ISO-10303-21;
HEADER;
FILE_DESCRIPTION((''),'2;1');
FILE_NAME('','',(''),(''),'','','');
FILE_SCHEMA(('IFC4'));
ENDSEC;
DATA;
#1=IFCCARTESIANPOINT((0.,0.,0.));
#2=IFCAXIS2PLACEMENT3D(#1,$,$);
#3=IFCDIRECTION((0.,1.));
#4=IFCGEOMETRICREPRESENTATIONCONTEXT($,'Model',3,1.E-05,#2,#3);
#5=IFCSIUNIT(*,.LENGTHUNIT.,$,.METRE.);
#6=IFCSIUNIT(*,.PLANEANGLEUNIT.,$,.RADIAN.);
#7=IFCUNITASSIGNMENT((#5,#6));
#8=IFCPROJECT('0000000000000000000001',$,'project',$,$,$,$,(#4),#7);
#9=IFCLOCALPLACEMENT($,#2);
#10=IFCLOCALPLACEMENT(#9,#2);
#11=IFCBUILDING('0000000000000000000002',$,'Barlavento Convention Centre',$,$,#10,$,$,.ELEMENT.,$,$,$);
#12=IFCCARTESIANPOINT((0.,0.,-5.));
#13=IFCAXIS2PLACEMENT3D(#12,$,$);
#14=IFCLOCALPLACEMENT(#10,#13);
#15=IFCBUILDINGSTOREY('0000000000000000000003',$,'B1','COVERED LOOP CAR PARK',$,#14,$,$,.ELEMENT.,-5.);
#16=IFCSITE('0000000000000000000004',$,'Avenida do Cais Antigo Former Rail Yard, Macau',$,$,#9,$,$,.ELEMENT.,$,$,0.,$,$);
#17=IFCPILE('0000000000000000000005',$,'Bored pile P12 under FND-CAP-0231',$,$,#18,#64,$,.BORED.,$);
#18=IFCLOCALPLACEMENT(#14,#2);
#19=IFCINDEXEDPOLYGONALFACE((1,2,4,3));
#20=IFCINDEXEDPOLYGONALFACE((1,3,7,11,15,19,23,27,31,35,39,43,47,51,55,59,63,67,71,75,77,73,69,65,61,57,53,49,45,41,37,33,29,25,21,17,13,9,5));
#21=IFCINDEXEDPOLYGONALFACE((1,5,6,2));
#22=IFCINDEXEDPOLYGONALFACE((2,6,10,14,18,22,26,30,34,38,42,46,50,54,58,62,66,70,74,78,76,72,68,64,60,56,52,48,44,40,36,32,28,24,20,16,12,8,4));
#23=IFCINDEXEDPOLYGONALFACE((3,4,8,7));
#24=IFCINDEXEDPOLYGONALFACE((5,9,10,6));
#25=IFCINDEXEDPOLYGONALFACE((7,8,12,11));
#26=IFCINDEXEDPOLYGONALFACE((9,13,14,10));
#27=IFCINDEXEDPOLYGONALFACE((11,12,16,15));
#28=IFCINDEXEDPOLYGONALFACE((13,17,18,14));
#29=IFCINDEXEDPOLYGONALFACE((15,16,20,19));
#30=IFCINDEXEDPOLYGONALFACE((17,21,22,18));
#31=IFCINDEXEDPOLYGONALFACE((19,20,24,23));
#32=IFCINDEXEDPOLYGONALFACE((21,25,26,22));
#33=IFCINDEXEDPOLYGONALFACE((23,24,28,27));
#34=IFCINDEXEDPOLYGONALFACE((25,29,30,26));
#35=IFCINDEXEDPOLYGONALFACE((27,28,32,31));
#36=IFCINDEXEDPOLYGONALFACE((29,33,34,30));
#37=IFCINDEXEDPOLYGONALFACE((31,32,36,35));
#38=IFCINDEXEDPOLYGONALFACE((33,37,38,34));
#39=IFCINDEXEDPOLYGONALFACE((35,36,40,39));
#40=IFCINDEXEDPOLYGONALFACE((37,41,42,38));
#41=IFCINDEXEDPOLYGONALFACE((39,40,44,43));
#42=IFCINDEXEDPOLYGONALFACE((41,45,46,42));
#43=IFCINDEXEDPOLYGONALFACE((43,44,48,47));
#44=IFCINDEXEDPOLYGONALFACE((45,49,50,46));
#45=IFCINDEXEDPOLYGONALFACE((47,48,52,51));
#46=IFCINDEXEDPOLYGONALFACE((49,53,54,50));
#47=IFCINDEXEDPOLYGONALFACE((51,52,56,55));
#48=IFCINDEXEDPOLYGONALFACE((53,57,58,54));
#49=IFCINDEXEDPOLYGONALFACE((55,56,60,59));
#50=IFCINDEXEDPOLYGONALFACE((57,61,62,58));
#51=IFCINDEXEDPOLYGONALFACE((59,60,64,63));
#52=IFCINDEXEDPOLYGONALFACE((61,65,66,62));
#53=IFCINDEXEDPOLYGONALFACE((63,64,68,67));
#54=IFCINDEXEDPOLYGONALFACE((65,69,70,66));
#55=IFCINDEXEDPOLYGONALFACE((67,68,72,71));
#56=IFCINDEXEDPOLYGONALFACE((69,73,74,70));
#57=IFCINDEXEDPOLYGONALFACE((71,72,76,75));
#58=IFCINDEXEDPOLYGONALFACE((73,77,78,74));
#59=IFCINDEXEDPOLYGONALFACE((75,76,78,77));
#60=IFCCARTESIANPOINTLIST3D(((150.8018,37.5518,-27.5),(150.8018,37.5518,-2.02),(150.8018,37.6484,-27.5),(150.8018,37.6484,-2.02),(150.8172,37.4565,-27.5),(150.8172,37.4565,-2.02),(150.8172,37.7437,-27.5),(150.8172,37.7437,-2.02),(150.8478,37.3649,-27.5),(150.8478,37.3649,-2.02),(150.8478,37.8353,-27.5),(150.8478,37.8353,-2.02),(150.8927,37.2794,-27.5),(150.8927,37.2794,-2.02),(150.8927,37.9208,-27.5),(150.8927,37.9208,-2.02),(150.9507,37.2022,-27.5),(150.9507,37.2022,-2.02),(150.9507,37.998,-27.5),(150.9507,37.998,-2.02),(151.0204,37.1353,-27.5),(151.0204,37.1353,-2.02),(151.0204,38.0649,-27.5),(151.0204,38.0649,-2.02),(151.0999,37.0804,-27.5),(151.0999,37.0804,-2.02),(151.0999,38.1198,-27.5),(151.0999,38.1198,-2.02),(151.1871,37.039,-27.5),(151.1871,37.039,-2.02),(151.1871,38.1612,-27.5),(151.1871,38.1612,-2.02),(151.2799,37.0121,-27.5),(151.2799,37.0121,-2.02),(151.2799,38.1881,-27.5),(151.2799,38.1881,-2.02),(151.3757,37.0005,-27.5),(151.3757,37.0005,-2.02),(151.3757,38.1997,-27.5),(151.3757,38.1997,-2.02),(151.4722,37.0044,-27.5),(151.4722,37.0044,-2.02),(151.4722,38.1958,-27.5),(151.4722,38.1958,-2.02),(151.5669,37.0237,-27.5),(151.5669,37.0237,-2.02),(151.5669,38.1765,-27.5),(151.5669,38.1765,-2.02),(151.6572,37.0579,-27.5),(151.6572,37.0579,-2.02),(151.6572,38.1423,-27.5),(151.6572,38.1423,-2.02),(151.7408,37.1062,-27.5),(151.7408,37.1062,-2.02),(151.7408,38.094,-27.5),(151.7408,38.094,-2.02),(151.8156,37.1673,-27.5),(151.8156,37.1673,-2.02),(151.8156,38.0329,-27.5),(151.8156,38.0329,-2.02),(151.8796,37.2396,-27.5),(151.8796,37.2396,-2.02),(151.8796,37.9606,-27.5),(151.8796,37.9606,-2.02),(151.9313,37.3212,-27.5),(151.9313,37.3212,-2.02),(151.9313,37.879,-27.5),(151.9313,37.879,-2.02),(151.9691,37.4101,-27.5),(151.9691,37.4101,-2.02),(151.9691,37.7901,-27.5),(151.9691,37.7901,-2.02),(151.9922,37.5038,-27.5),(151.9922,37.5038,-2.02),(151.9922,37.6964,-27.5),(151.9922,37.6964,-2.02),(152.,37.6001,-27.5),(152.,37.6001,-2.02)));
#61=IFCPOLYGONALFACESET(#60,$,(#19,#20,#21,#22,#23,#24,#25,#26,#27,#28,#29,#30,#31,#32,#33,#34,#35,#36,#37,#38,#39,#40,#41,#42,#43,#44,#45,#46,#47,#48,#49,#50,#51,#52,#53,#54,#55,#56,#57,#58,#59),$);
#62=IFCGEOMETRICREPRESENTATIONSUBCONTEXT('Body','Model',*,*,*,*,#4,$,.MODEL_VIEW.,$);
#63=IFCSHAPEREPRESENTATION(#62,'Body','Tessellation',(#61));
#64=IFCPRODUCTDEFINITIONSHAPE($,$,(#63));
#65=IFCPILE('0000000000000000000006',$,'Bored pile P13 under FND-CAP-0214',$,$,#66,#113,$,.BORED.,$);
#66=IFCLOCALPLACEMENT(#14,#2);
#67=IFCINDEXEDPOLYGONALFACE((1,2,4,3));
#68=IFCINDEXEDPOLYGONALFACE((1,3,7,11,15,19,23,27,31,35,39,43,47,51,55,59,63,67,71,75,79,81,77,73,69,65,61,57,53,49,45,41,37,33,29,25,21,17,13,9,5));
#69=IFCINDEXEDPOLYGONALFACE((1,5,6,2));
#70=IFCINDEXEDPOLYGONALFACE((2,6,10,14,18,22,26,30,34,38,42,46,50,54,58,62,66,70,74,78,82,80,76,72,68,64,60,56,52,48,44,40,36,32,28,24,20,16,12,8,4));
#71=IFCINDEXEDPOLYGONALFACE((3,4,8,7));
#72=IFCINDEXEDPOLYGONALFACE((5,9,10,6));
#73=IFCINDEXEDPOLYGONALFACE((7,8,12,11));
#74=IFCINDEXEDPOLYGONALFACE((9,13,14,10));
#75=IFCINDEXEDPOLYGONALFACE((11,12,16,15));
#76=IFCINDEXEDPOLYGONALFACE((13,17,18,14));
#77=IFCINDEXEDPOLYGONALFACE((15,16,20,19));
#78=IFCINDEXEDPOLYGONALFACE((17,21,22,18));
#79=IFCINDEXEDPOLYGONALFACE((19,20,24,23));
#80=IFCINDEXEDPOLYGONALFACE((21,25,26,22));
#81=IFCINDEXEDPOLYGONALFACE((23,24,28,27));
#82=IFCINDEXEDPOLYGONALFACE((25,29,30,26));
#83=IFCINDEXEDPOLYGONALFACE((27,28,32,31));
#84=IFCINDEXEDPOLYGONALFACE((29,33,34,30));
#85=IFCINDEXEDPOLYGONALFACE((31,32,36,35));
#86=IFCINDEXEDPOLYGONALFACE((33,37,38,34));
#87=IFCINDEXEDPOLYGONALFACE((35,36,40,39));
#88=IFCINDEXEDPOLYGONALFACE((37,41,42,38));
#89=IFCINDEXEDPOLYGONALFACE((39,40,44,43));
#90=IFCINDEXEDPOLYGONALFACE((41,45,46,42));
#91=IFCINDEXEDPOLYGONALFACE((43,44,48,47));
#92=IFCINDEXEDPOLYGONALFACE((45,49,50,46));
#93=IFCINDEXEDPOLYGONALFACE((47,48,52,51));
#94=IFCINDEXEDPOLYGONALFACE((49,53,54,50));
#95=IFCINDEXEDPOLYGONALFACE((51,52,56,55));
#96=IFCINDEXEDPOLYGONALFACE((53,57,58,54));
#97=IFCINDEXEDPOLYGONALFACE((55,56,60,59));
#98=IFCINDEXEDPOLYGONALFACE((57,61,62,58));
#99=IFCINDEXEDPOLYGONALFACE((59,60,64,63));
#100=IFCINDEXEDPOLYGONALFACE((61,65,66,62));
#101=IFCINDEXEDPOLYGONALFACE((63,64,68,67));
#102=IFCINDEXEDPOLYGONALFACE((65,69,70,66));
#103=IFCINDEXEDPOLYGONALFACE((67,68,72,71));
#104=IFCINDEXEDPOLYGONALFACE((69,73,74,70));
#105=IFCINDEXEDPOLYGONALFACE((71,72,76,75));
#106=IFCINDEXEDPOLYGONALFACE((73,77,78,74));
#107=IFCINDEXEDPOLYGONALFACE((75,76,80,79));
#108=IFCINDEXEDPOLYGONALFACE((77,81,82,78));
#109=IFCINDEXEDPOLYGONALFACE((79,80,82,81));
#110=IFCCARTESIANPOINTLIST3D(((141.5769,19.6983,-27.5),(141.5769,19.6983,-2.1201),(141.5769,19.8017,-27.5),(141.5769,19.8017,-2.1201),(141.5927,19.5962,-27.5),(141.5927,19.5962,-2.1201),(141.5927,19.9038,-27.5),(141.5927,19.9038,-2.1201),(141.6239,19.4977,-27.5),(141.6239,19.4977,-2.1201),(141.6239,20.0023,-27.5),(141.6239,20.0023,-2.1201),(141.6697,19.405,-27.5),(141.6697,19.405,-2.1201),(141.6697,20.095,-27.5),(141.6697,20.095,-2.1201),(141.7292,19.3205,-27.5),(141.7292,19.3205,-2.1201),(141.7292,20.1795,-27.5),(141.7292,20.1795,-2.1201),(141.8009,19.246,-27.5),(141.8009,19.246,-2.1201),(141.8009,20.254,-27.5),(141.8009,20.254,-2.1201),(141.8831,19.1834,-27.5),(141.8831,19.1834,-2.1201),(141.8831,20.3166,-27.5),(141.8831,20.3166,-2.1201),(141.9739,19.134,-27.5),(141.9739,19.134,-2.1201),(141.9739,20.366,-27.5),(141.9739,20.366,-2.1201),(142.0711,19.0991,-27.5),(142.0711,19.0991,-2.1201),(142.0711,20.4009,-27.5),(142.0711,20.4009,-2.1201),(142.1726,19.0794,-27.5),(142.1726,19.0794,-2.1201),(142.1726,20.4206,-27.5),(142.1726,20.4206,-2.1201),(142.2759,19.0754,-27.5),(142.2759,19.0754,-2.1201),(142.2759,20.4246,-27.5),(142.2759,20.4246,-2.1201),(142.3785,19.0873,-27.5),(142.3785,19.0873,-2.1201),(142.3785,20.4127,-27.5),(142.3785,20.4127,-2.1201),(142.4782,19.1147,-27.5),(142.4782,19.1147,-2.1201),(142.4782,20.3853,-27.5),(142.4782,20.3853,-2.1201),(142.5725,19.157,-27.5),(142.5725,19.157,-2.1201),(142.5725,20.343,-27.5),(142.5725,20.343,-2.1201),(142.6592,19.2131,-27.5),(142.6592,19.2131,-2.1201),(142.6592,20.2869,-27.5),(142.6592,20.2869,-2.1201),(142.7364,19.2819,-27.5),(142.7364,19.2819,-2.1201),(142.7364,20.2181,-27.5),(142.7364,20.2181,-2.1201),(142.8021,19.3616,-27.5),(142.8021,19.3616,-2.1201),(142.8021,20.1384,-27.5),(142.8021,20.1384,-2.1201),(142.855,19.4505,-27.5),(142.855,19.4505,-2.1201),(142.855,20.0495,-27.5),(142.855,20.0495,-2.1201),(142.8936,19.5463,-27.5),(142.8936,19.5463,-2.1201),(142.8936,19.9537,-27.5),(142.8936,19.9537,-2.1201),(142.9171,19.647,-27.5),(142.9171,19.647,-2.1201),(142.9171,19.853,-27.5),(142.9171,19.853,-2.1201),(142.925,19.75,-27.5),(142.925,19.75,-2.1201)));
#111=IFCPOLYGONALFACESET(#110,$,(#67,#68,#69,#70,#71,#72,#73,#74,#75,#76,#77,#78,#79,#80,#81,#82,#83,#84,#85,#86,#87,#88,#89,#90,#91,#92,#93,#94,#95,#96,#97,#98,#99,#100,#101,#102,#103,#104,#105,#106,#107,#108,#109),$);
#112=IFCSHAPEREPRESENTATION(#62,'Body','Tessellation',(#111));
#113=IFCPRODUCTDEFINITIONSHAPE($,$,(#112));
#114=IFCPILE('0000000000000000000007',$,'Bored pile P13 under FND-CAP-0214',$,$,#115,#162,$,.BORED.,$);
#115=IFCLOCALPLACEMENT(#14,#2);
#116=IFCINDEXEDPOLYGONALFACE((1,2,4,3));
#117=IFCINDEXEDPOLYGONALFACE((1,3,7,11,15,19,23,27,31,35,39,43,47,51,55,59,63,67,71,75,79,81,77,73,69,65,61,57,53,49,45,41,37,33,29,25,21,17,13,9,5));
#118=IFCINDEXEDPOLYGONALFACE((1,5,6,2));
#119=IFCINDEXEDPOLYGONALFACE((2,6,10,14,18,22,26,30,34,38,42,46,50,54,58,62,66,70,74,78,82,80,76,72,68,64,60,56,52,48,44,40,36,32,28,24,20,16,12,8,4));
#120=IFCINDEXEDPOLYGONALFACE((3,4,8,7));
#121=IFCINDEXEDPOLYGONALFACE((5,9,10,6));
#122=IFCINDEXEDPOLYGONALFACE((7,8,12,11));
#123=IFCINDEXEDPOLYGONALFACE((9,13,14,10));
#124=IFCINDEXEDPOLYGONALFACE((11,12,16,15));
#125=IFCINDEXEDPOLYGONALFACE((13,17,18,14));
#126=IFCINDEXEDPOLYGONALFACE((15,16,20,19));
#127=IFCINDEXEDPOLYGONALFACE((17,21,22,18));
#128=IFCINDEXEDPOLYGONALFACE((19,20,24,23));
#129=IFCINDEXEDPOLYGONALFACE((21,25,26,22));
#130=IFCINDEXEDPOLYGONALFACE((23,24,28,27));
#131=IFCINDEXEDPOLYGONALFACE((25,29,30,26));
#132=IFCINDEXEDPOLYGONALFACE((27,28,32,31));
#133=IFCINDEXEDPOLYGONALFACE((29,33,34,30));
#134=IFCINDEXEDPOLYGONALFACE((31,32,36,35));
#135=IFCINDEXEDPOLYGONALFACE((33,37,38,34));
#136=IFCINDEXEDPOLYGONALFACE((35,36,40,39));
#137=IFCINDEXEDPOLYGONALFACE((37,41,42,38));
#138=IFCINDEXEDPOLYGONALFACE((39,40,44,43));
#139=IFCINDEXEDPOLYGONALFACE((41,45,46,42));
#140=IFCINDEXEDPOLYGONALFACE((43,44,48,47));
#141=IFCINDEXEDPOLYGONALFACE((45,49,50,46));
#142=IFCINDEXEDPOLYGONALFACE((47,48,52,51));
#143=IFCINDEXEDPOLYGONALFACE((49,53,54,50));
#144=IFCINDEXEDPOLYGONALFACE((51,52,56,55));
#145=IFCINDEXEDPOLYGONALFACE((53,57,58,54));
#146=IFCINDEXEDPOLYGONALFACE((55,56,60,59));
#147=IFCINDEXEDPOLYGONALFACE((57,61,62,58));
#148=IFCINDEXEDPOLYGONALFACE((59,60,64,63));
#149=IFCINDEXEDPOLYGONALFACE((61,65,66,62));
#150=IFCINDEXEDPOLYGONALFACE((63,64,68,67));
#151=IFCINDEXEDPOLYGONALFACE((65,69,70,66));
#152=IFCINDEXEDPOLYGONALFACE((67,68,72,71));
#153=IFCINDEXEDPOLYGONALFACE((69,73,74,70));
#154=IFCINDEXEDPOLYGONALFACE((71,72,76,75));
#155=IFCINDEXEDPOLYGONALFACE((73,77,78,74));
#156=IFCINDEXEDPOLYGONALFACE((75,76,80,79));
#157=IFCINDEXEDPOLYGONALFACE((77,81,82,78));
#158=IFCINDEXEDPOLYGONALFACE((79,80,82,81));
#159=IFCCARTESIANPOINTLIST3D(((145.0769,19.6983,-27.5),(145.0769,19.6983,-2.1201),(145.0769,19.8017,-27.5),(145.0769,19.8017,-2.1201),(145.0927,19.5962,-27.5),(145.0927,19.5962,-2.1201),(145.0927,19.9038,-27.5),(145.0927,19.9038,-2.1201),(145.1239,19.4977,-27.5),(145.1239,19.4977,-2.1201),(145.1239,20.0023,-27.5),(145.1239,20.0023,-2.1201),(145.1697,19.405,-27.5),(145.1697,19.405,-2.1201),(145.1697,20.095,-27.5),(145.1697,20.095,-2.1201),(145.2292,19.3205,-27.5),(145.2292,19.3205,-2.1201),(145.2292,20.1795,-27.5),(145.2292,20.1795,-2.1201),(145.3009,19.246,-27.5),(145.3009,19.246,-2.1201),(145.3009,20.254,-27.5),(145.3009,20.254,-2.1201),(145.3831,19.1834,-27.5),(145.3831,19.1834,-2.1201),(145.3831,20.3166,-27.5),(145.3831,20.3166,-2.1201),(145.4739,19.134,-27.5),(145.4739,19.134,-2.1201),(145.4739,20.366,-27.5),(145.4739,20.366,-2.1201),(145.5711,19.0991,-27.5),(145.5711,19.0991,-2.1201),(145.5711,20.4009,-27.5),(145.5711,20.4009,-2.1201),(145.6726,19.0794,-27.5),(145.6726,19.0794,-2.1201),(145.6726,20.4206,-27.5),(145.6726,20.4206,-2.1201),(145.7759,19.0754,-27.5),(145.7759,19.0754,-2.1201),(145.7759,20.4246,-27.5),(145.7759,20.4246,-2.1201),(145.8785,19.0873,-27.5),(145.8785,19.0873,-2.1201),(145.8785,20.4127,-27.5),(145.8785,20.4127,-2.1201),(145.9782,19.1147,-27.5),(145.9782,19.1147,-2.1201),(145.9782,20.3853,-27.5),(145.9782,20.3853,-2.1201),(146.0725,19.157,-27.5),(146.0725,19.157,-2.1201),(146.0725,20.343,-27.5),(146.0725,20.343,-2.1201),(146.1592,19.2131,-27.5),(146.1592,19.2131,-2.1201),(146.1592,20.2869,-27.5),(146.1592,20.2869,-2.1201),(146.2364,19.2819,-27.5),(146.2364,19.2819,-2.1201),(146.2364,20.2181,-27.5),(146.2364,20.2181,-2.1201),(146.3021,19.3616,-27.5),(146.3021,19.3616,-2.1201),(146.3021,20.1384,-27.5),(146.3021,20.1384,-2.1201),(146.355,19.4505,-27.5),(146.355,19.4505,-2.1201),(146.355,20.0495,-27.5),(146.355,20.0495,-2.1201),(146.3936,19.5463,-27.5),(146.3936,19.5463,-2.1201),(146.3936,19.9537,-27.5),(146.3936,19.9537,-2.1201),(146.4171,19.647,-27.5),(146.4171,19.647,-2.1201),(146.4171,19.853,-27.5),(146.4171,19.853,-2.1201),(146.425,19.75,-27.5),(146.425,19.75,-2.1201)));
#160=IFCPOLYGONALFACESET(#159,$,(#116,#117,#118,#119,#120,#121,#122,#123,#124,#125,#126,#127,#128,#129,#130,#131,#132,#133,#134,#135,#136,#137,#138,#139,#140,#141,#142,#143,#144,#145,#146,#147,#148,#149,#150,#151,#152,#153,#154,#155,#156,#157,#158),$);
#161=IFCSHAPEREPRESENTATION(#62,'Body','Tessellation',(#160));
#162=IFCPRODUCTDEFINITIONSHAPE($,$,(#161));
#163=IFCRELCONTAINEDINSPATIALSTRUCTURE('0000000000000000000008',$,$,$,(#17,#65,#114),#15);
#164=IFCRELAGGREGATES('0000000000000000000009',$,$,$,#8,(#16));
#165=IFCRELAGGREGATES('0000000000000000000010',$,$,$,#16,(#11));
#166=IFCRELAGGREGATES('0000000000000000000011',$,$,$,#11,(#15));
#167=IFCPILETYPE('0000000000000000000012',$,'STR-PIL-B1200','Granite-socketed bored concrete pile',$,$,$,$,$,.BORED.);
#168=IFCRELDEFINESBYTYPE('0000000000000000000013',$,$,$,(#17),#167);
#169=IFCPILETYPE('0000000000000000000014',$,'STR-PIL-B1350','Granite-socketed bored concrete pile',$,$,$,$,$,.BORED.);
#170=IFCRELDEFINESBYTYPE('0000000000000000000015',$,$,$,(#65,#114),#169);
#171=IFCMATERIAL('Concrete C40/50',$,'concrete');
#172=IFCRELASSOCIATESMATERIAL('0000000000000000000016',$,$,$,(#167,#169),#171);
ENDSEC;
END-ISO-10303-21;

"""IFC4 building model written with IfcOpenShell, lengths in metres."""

from ifc_helpers import new_model, si_unit, direction, frame, origin, origin_2d, place, context, subcontext, project, spatial, circle, extrude, material, material_profile, profile_set, type_object, element, save


model = new_model("IFC4")

# Units and contexts
model_context = context("Model", 3, precision=1e-05, world=origin(), true_north=direction((0.0, 1.0)))
body_context = subcontext(model_context, "Body", "Model", "MODEL_VIEW")
ifc_project = project(units=[si_unit("LENGTHUNIT", "METRE"), si_unit("PLANEANGLEUNIT", "RADIAN")], contexts=[model_context])

# Site, building, storey
site_placement = place(None, origin())
site = spatial("IfcSite", under=ifc_project, at=site_placement, Name="Avenida do Cais Antigo Former Rail Yard, Macau", CompositionType="ELEMENT", RefElevation=0.0)
building_placement = place(site_placement, origin())
building = spatial("IfcBuilding", under=site, at=building_placement, Name="Barlavento Convention Centre", CompositionType="ELEMENT")
storey_placement = place(building_placement, frame((0.0, 0.0, -5.0)))
storey = spatial("IfcBuildingStorey", under=building, at=storey_placement, Name="B1", Description="COVERED LOOP CAR PARK", CompositionType="ELEMENT", Elevation=-5.0)

# Shared definitions
ifc_material_1 = material(Name="Concrete C40/50", Category="concrete")

# Piles
ifc_material_profile_1 = material_profile(ifc_material_1, circle(Radius=0.6001, at=origin_2d()), Name="BORED PILE 1200")
ifc_profile_set_1 = profile_set([ifc_material_profile_1], Name="Concrete C40/50")
pile_type_1 = type_object("IfcPileType", Name="STR-PIL-B1200", Description="Granite-socketed bored concrete pile", PredefinedType="BORED", material=ifc_profile_set_1)
for number, where, z_axis, x_axis, name in (
    (1, (151.3999, 37.6001, -2.02), (0.0, 0.0, -1.0), (1.0, 0.0, 0.0), "Bored pile P12 under FND-CAP-0231"),
):
    element("IfcPile", number, at=place(storey_placement, frame(where, z_axis=z_axis, x_axis=x_axis)), inside=storey, type_object=pile_type_1, Name=name, PredefinedType="BORED", context=body_context, shape_type="SweptSolid", body=[
        extrude(circle(Radius=0.6001, at=origin_2d()), origin(), (0.0, 0.0, 1.0), 25.48),
    ])
ifc_material_profile_2 = material_profile(ifc_material_1, circle(Radius=0.675, at=origin_2d()), Name="BORED PILE 1350")
ifc_profile_set_2 = profile_set([ifc_material_profile_2], Name="Concrete C40/50")
pile_type_2 = type_object("IfcPileType", Name="STR-PIL-B1350", Description="Granite-socketed bored concrete pile", PredefinedType="BORED", material=ifc_profile_set_2)
for number, where, z_axis, x_axis, name in (
    (2, (142.25, 19.75, -2.1201), (0.0, 0.0, -1.0), (1.0, 0.0, 0.0), "Bored pile P13 under FND-CAP-0214"),
    (3, (145.75, 19.75, -2.1201), (0.0, 0.0, -1.0), (1.0, 0.0, 0.0), "Bored pile P13 under FND-CAP-0214"),
):
    element("IfcPile", number, at=place(storey_placement, frame(where, z_axis=z_axis, x_axis=x_axis)), inside=storey, type_object=pile_type_2, Name=name, PredefinedType="BORED", context=body_context, shape_type="SweptSolid", body=[
        extrude(circle(Radius=0.675, at=origin_2d()), origin(), (0.0, 0.0, 1.0), 25.3799),
    ])

save(model, "model.ifc")
